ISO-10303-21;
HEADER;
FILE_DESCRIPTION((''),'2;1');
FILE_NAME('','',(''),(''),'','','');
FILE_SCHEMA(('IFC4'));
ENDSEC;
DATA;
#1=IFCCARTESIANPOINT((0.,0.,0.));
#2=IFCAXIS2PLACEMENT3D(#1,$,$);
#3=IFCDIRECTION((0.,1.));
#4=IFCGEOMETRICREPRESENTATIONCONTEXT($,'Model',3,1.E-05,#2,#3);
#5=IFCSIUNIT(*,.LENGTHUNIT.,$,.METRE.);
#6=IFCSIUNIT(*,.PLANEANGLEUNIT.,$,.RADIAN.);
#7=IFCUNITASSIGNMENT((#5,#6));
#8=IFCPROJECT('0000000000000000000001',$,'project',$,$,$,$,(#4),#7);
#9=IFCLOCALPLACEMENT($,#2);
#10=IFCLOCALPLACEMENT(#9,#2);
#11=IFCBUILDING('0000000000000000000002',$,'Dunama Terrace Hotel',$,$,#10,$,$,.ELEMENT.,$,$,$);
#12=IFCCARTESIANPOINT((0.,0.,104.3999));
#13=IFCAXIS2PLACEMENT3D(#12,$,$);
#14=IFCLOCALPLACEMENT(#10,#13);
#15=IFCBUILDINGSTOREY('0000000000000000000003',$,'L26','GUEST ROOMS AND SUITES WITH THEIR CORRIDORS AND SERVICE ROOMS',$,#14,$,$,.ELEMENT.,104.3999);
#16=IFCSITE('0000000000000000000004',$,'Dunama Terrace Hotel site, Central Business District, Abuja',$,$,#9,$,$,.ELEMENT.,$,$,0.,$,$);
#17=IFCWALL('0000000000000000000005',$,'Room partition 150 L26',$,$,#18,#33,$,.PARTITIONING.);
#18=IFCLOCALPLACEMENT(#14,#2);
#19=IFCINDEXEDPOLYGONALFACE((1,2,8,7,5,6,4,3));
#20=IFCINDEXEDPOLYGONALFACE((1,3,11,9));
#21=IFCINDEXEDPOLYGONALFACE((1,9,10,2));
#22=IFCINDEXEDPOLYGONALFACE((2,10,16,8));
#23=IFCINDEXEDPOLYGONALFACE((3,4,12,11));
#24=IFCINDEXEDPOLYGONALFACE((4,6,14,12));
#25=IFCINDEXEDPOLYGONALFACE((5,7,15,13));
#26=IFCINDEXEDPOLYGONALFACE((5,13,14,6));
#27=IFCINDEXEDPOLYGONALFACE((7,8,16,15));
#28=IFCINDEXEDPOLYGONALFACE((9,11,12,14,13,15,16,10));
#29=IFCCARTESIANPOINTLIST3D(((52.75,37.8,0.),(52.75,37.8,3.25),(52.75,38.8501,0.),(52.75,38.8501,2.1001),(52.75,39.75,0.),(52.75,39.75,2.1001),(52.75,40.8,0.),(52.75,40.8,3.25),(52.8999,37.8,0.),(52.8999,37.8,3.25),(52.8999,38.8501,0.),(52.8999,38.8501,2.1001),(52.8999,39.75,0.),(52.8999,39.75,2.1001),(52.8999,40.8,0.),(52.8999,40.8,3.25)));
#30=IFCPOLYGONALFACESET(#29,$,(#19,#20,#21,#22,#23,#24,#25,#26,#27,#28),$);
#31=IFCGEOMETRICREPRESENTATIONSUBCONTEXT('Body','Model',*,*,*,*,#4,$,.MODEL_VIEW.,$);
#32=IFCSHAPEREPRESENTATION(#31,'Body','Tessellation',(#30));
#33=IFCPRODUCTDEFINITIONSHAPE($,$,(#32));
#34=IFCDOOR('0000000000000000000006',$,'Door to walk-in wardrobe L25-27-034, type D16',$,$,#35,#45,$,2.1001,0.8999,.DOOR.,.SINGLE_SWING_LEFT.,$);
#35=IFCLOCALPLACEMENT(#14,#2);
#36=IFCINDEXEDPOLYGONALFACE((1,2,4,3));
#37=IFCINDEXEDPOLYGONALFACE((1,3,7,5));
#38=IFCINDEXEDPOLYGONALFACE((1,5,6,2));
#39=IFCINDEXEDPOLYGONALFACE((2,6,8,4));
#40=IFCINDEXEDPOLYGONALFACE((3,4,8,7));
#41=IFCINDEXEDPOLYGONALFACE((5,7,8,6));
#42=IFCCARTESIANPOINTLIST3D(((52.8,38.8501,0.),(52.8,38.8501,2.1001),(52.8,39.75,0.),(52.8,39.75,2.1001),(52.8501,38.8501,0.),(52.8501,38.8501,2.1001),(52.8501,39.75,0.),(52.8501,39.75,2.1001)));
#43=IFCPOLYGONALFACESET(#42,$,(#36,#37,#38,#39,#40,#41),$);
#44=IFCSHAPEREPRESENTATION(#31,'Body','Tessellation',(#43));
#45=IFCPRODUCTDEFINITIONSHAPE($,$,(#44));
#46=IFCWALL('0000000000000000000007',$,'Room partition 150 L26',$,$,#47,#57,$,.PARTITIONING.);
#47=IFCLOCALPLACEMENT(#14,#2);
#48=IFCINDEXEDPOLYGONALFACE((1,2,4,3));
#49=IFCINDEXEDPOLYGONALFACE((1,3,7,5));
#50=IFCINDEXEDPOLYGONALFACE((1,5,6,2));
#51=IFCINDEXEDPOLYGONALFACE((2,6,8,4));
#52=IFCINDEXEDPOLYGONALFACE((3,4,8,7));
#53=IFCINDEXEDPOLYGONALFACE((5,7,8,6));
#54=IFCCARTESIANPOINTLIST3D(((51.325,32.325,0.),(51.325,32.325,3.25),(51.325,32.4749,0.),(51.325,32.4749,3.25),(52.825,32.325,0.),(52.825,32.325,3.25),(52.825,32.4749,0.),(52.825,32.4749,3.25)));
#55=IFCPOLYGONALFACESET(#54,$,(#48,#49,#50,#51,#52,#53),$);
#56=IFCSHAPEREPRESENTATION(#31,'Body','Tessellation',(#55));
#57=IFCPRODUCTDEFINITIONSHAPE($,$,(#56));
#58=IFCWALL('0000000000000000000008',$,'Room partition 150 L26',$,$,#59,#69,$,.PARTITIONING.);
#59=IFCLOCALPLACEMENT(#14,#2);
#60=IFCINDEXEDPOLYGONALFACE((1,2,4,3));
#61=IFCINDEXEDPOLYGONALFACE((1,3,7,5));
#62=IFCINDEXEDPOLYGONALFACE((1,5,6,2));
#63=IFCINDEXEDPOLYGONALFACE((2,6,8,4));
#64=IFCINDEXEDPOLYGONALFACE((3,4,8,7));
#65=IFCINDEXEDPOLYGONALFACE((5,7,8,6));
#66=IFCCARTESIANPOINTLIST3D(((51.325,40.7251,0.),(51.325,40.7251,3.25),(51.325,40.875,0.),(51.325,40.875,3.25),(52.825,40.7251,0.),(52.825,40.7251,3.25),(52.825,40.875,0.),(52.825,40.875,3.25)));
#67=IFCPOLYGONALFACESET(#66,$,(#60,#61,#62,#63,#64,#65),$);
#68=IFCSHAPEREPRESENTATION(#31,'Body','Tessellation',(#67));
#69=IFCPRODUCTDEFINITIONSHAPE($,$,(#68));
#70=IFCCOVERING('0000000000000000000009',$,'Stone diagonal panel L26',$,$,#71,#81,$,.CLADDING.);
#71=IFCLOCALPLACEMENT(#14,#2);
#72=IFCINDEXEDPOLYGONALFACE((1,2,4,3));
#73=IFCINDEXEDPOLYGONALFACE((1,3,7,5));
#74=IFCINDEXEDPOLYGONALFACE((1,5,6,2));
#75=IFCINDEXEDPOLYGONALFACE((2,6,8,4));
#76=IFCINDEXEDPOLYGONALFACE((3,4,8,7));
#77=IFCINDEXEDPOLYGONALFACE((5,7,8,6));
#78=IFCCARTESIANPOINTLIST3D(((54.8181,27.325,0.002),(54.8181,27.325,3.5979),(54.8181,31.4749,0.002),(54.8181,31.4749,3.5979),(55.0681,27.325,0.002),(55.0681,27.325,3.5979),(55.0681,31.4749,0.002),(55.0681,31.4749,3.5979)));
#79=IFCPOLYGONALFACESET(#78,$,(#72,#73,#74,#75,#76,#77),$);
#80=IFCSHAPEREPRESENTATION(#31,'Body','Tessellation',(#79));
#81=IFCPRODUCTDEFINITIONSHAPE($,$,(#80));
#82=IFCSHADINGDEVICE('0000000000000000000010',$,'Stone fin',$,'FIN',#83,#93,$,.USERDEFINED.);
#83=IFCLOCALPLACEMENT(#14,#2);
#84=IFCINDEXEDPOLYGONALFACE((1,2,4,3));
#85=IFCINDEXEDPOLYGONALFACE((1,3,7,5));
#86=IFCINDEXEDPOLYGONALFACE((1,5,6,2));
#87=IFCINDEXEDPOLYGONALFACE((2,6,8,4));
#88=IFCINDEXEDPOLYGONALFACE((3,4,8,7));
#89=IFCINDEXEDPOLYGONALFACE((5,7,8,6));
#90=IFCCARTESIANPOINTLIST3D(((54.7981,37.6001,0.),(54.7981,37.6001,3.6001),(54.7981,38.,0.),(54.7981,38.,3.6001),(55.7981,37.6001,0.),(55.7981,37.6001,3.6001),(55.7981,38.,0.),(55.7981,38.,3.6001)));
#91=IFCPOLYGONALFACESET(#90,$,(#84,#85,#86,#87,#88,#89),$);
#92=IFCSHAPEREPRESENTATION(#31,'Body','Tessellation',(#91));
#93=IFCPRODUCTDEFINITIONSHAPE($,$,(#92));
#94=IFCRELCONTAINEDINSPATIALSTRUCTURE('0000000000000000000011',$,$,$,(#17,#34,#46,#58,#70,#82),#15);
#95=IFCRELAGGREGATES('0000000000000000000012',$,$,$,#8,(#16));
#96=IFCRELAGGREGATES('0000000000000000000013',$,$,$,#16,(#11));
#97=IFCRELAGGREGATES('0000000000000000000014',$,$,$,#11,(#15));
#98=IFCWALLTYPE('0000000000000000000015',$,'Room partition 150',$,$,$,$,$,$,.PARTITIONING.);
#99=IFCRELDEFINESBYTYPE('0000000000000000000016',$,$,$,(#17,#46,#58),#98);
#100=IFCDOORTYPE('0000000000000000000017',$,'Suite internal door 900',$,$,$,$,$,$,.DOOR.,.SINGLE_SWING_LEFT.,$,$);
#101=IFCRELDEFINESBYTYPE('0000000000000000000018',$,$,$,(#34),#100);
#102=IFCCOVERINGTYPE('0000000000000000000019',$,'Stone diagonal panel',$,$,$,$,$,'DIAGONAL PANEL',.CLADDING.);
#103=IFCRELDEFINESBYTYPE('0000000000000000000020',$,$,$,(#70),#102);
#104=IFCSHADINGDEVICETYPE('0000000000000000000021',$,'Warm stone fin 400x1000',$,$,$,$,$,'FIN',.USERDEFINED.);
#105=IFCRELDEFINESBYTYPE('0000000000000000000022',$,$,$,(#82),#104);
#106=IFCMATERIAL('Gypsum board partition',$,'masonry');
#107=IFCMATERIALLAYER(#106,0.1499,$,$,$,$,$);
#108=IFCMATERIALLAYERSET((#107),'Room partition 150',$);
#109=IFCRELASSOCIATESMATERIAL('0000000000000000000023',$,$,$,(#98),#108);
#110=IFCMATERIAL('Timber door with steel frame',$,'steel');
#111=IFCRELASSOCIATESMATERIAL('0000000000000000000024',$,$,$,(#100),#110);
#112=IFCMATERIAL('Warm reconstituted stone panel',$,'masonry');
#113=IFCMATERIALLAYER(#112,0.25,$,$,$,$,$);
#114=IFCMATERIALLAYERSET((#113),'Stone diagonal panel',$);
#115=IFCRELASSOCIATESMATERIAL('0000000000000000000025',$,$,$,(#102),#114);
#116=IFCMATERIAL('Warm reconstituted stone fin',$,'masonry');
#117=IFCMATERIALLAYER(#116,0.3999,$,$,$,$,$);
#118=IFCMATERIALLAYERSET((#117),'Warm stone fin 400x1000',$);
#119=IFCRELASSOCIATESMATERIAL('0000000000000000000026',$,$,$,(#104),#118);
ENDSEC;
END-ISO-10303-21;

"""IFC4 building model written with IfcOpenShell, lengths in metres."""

from ifc_helpers import new_model, si_unit, direction, frame, frame_2d, origin, origin_2d, place, context, subcontext, project, spatial, rectangle, extrude, material, layer, layer_set, type_object, element, fill, save


model = new_model("IFC4")

# Units and contexts
model_context = context("Model", 3, precision=1e-05, world=origin(), true_north=direction((0.0, 1.0)))
body_context = subcontext(model_context, "Body", "Model", "MODEL_VIEW")
ifc_project = project(units=[si_unit("LENGTHUNIT", "METRE"), si_unit("PLANEANGLEUNIT", "RADIAN")], contexts=[model_context])

# Site, building, storey
site_placement = place(None, origin())
site = spatial("IfcSite", under=ifc_project, at=site_placement, Name="Dunama Terrace Hotel site, Central Business District, Abuja", CompositionType="ELEMENT", RefElevation=0.0)
building_placement = place(site_placement, origin())
building = spatial("IfcBuilding", under=site, at=building_placement, Name="Dunama Terrace Hotel", CompositionType="ELEMENT")
storey_placement = place(building_placement, frame((0.0, 0.0, 104.3999)))
storey = spatial("IfcBuildingStorey", under=building, at=storey_placement, Name="L26", Description="GUEST ROOMS AND SUITES WITH THEIR CORRIDORS AND SERVICE ROOMS", CompositionType="ELEMENT", Elevation=104.3999)

# Shared definitions
ifc_material_1 = material(Name="Gypsum board partition", Category="masonry")
ifc_layer_1 = layer(ifc_material_1, 0.1499)
ifc_layer_set_1 = layer_set([ifc_layer_1], Name="Room partition 150")
wall_type_1 = type_object("IfcWallType", Name="Room partition 150", PredefinedType="PARTITIONING", material=ifc_layer_set_1)

# Wall, opening, door
ifc_material_2 = material(Name="Timber door with steel frame", Category="steel")
door_type_1 = type_object("IfcDoorType", Name="Suite internal door 900", OperationType="SINGLE_SWING_LEFT", PredefinedType="DOOR", material=ifc_material_2)
wall_1_placement = place(storey_placement, frame((52.825, 37.8, 0.0), z_axis=(0.0, 0.0, 1.0), x_axis=(0.0, 1.0, 0.0)))
wall_1 = element("IfcWall", 1, at=wall_1_placement, inside=storey, type_object=wall_type_1, Name="Room partition 150 L26", PredefinedType="PARTITIONING", context=body_context, shape_type="SweptSolid", body=[
    extrude(rectangle(XDim=3.0, YDim=0.1499, at=frame_2d((1.5, 0.0))), origin(), (0.0, 0.0, 1.0), 3.25),
])
opening_1_placement = place(wall_1_placement, frame((1.05, 0.0, 0.0)))
opening_1 = element("IfcOpeningElement", 2, at=opening_1_placement, cuts=wall_1, PredefinedType="OPENING", context=body_context, shape_type="SweptSolid", body=[
    extrude(rectangle(XDim=0.8999, YDim=2.1001, at=frame_2d((0.45, 1.05))), frame((0.0, 0.085, 0.0), z_axis=(0.0, -1.0, 0.0), x_axis=(1.0, 0.0, 0.0)), (0.0, 0.0, 1.0), 0.1699),
])
door_1_placement = place(opening_1_placement, origin())
door_1 = element("IfcDoor", 3, at=door_1_placement, inside=storey, type_object=door_type_1, Name="Door to walk-in wardrobe L25-27-034, type D16", OperationType="SINGLE_SWING_LEFT", OverallHeight=2.1001, OverallWidth=0.8999, PredefinedType="DOOR", context=body_context, shape_type="SweptSolid", body=[
    extrude(rectangle(XDim=0.8999, YDim=2.1001, at=frame_2d((0.45, 1.05))), frame((0.0, 0.0249, 0.0), z_axis=(0.0, -1.0, 0.0), x_axis=(1.0, 0.0, 0.0)), (0.0, 0.0, 1.0), 0.05),
])
fill(opening_1, door_1)

# Walls
for number, where, z_axis, x_axis, name in (
    (4, (51.325, 32.3999, 0.0), (0.0, 0.0, 1.0), (1.0, 0.0, 0.0), "Room partition 150 L26"),
    (5, (51.325, 40.8, 0.0), (0.0, 0.0, 1.0), (1.0, 0.0, 0.0), "Room partition 150 L26"),
):
    element("IfcWall", number, at=place(storey_placement, frame(where, z_axis=z_axis, x_axis=x_axis)), inside=storey, type_object=wall_type_1, Name=name, PredefinedType="PARTITIONING", context=body_context, shape_type="SweptSolid", body=[
        extrude(rectangle(XDim=1.5, YDim=0.1499, at=frame_2d((0.75, 0.0))), origin(), (0.0, 0.0, 1.0), 3.25),
    ])

# Covering
ifc_material_3 = material(Name="Warm reconstituted stone panel", Category="masonry")
ifc_layer_2 = layer(ifc_material_3, 0.25)
ifc_layer_set_2 = layer_set([ifc_layer_2], Name="Stone diagonal panel")
covering_type = type_object("IfcCoveringType", Name="Stone diagonal panel", ElementType="DIAGONAL PANEL", PredefinedType="CLADDING", material=ifc_layer_set_2)
covering_placement = place(storey_placement, frame((54.9431, 29.3999, 0.002), z_axis=(0.0, 0.0, 1.0), x_axis=(0.0, 1.0, 0.0)))
element("IfcCovering", 6, at=covering_placement, inside=storey, type_object=covering_type, Name="Stone diagonal panel L26", PredefinedType="CLADDING", context=body_context, shape_type="SweptSolid", body=[
    extrude(rectangle(XDim=4.1499, YDim=0.25, at=origin_2d()), origin(), (0.0, 0.0, 1.0), 3.5959),
])

# Shading device
ifc_material_4 = material(Name="Warm reconstituted stone fin", Category="masonry")
ifc_layer_3 = layer(ifc_material_4, 0.3999)
ifc_layer_set_3 = layer_set([ifc_layer_3], Name="Warm stone fin 400x1000")
shading_device_type = type_object("IfcShadingDeviceType", Name="Warm stone fin 400x1000", ElementType="FIN", PredefinedType="USERDEFINED", material=ifc_layer_set_3)
shading_device_placement = place(storey_placement, frame((55.2981, 37.8, 0.0), z_axis=(0.0, 0.0, 1.0), x_axis=(0.0, 1.0, 0.0)))
element("IfcShadingDevice", 7, at=shading_device_placement, inside=storey, type_object=shading_device_type, Name="Stone fin", ObjectType="FIN", PredefinedType="USERDEFINED", context=body_context, shape_type="SweptSolid", body=[
    extrude(rectangle(XDim=0.3999, YDim=1.0, at=origin_2d()), origin(), (0.0, 0.0, 1.0), 3.6001),
])

save(model, "model.ifc")
